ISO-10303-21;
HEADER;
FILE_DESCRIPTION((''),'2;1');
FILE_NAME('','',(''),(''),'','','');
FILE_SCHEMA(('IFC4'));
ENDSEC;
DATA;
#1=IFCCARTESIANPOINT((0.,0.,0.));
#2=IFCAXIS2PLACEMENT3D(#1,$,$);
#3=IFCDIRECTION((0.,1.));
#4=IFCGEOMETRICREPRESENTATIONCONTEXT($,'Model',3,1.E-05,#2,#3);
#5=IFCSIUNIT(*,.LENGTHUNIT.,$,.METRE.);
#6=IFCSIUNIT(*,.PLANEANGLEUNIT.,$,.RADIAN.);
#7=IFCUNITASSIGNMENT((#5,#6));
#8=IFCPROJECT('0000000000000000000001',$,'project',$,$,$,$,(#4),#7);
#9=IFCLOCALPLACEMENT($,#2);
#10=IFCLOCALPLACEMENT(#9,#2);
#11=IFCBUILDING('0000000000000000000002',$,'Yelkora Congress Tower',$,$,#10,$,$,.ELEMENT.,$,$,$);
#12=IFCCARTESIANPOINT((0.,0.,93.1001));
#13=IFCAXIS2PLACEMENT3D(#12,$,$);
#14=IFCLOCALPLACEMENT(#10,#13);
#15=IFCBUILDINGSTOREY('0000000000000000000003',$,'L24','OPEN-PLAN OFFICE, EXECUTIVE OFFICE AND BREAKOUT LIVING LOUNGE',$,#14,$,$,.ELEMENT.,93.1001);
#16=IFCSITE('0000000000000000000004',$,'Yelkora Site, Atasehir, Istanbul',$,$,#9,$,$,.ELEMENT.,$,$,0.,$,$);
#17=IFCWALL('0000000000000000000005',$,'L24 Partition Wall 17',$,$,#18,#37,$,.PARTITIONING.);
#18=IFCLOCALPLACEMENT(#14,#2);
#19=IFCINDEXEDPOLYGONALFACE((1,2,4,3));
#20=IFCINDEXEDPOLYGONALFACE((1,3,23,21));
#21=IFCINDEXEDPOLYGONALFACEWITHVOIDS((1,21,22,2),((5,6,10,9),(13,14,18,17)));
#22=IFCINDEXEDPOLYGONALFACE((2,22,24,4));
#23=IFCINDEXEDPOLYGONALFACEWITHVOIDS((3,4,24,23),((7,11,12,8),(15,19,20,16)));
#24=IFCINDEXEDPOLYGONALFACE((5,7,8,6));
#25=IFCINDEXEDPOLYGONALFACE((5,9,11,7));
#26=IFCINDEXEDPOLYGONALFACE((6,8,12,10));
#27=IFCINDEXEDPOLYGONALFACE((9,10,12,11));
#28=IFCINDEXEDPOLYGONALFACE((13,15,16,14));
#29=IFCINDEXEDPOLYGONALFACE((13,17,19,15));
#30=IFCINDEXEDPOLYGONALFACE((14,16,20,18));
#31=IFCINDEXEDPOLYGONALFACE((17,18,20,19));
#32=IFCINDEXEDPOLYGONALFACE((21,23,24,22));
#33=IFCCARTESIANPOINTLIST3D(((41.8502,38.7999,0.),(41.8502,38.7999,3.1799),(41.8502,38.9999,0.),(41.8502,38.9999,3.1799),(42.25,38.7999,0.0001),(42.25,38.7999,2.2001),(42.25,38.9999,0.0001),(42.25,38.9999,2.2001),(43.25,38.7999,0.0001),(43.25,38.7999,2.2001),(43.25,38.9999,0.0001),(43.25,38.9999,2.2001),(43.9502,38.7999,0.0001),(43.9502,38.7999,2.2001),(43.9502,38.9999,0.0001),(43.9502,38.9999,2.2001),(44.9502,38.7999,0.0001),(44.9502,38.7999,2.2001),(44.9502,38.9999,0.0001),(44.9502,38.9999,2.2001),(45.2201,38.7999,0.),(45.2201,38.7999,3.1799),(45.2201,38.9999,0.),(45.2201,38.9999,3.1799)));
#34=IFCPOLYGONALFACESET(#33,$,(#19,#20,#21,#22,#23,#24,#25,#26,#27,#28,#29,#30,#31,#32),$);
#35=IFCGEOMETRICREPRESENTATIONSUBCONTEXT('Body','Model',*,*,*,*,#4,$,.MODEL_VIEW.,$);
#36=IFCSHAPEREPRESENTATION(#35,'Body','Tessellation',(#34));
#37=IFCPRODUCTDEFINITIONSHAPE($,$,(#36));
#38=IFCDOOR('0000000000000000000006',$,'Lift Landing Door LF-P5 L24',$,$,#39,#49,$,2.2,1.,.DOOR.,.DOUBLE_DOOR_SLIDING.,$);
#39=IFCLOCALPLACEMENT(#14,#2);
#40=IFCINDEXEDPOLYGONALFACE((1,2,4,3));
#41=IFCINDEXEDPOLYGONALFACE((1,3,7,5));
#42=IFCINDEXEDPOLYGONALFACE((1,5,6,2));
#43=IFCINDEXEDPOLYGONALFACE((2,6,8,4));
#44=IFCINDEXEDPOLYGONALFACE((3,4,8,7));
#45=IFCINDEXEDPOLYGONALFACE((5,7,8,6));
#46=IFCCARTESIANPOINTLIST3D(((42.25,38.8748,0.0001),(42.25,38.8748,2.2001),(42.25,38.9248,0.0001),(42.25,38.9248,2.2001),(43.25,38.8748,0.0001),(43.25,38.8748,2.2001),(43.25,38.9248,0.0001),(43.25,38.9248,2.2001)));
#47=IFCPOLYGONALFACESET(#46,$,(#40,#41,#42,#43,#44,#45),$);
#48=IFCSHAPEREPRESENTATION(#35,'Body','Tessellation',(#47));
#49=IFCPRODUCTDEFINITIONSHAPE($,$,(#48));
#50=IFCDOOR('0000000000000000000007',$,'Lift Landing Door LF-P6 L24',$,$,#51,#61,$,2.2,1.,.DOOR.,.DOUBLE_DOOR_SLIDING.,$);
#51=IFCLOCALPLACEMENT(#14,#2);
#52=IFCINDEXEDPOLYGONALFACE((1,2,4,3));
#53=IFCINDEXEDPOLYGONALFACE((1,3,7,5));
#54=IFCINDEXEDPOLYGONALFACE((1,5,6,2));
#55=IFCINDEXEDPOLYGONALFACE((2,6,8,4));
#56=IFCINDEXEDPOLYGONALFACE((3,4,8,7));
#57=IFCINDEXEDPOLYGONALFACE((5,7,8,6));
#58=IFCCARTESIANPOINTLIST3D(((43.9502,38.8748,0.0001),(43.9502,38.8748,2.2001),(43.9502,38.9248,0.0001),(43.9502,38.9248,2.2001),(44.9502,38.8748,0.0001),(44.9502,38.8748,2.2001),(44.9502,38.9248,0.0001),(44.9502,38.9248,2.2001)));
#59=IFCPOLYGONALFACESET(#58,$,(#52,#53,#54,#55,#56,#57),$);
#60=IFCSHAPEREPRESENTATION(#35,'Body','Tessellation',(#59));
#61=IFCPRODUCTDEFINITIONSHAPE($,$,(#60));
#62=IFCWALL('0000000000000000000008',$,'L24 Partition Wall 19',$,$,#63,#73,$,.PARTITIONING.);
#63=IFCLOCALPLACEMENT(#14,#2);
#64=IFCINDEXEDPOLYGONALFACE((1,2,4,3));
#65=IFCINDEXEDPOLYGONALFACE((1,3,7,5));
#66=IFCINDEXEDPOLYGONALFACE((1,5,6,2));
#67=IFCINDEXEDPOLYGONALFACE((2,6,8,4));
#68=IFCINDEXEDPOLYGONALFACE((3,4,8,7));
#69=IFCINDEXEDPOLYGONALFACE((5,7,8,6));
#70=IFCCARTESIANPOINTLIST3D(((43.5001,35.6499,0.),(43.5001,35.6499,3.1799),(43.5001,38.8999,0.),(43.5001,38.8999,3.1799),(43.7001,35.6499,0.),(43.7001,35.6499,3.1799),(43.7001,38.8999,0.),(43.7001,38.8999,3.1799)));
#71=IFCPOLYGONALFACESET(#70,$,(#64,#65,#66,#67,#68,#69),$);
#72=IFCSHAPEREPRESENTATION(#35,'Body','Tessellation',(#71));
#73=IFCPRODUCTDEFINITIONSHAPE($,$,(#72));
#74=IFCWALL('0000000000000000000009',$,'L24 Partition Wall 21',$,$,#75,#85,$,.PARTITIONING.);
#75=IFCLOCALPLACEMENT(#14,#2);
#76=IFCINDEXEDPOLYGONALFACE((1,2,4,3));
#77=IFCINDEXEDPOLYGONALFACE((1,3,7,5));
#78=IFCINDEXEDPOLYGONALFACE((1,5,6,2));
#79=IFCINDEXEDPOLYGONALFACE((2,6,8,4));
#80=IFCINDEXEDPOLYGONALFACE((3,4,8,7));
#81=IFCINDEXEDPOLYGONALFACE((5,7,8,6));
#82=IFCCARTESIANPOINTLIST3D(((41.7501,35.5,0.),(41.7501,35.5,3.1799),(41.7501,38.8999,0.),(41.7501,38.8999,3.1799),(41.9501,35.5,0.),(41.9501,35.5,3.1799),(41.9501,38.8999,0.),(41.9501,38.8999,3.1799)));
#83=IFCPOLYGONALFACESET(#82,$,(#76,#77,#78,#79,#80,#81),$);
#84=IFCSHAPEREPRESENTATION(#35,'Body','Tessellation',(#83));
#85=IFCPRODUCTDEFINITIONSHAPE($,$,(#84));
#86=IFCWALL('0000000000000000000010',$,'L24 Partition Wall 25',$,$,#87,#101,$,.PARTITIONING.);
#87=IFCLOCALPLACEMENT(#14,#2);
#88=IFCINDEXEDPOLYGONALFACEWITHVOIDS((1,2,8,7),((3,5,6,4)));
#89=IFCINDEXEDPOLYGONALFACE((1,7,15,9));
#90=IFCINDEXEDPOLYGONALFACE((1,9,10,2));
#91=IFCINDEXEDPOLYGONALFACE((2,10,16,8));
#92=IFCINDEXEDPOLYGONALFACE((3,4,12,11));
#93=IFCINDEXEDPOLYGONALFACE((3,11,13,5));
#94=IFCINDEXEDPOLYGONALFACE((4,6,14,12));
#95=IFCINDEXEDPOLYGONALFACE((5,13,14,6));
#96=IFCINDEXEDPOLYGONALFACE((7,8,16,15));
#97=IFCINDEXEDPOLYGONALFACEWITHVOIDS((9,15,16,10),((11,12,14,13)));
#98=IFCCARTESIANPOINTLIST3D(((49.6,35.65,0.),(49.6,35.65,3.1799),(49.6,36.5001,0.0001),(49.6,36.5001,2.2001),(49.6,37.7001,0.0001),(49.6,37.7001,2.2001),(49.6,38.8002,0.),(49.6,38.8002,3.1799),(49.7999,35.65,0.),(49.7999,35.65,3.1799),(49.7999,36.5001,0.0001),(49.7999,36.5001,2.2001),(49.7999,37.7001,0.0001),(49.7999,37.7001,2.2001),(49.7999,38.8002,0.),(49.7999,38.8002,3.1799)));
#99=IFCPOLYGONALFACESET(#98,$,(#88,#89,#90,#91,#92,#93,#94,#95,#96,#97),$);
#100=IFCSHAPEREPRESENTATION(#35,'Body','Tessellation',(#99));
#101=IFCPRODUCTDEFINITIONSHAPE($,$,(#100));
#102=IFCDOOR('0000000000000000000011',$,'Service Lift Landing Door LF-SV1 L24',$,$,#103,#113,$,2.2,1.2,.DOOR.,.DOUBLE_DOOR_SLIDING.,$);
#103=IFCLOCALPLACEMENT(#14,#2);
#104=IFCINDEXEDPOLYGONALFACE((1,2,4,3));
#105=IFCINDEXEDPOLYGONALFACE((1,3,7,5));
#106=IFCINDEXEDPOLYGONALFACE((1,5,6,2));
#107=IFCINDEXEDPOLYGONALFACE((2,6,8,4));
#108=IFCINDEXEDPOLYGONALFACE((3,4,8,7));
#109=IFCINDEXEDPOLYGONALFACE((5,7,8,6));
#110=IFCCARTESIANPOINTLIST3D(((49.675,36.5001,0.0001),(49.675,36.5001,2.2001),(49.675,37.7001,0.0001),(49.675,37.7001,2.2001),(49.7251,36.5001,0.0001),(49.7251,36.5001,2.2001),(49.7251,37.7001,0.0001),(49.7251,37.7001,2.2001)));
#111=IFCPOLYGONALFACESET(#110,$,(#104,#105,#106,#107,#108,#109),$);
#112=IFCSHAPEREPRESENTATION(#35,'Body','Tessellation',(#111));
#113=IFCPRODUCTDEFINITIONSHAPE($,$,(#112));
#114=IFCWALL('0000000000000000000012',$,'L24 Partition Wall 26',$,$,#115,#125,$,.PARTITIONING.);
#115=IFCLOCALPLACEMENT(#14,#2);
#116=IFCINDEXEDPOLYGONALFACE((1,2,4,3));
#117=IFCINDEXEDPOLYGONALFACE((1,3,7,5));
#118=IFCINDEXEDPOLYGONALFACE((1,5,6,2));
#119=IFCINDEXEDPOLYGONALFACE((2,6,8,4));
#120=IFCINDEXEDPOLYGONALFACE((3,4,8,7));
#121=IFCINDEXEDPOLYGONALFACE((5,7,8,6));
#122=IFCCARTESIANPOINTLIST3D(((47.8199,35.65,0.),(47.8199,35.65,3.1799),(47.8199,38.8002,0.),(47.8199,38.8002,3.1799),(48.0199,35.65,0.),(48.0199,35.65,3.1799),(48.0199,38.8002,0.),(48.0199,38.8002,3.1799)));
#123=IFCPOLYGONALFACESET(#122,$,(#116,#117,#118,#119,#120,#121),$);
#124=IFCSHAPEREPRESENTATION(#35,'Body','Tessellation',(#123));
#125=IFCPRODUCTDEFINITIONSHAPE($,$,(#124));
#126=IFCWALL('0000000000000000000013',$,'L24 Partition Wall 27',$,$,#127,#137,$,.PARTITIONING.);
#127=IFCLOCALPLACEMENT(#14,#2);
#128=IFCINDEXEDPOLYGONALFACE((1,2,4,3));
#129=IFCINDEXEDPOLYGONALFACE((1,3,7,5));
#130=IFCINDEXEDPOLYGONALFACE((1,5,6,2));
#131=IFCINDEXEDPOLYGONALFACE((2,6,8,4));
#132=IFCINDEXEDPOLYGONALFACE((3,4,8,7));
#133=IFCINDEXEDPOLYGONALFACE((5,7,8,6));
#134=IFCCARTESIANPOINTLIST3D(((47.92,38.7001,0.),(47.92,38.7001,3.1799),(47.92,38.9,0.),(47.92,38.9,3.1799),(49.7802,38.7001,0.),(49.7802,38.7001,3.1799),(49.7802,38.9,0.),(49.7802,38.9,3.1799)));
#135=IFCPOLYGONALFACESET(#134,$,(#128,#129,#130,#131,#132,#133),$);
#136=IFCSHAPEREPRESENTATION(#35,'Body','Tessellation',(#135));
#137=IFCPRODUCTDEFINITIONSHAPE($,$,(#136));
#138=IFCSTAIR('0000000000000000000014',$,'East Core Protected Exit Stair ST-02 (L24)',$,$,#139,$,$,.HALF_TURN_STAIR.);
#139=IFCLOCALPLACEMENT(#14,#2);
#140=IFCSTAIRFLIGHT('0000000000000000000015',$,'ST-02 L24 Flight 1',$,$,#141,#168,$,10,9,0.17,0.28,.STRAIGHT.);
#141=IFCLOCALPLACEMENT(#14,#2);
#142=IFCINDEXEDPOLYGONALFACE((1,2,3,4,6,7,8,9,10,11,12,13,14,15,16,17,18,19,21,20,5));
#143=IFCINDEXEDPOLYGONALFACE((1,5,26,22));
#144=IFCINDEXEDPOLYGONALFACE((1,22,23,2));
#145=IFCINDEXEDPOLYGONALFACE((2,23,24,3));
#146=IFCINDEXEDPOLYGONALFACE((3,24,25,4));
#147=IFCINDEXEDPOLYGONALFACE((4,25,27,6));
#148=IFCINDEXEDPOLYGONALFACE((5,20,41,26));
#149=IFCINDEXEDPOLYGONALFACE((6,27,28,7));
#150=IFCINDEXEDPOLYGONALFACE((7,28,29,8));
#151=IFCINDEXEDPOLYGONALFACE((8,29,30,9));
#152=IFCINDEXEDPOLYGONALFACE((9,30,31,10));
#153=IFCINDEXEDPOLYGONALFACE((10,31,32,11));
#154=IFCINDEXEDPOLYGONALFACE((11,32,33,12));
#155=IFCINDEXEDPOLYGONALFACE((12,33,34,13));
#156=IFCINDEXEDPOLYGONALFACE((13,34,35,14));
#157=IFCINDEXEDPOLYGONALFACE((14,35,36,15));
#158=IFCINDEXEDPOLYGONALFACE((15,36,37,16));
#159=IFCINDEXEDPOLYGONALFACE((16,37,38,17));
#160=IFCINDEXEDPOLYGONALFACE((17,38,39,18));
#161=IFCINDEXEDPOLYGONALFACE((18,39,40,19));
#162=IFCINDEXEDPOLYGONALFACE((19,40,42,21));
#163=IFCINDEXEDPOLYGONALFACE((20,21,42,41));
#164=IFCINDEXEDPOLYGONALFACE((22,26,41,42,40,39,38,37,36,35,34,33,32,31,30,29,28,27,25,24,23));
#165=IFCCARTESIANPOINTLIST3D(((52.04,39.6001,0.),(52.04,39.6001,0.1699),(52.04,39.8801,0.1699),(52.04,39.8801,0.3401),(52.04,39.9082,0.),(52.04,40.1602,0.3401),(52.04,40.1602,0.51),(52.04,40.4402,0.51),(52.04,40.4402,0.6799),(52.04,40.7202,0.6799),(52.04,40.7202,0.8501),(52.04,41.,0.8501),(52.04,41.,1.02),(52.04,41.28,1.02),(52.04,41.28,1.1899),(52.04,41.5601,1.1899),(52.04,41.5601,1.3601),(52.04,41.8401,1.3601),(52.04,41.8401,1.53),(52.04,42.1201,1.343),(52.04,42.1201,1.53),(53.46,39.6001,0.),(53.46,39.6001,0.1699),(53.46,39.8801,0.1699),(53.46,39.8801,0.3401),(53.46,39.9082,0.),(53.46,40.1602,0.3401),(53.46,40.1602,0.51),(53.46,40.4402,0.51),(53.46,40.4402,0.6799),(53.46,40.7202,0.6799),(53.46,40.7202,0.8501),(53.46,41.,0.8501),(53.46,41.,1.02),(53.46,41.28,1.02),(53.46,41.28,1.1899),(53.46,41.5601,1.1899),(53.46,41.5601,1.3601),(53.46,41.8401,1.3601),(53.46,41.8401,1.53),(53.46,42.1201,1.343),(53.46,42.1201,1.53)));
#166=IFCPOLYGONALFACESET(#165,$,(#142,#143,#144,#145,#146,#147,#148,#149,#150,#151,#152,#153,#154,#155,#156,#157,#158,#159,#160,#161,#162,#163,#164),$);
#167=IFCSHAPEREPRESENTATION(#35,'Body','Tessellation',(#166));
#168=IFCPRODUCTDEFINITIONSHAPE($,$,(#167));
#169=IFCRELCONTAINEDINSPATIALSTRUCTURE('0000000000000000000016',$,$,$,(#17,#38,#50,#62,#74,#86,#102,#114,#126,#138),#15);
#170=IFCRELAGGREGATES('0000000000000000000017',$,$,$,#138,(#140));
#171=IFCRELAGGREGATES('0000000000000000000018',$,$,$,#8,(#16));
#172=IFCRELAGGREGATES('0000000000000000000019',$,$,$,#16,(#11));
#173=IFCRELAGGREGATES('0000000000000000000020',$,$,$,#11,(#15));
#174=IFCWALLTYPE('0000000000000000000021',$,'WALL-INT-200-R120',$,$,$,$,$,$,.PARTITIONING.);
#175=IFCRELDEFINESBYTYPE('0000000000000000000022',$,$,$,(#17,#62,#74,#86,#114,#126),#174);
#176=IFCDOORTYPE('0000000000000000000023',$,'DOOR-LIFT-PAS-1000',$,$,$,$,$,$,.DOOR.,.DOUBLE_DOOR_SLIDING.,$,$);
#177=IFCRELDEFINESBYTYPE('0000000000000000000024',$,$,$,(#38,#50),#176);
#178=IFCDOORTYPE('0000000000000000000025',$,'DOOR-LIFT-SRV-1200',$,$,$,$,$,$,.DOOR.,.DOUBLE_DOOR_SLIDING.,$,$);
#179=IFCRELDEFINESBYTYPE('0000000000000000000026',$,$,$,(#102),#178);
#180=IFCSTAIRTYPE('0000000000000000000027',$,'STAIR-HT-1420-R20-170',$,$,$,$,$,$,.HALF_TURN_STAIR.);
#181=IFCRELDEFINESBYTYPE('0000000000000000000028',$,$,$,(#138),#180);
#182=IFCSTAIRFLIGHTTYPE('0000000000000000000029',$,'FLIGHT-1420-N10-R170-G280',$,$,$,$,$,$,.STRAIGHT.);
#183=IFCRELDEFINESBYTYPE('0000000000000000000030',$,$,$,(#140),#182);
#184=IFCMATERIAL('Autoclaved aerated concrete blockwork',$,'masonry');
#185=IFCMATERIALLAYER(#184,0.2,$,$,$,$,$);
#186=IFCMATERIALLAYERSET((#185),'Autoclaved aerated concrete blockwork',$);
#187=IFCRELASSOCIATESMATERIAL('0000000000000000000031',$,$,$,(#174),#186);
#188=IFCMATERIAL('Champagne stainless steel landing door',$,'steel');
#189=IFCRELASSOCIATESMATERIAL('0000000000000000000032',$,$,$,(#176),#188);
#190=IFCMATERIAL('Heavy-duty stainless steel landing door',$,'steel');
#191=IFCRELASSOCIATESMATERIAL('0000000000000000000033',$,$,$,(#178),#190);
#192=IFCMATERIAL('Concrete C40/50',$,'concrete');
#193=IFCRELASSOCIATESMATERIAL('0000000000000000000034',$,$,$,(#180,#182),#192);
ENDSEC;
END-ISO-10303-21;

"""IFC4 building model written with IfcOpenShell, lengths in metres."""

from ifc_helpers import new_model, si_unit, direction, frame, frame_2d, origin, place, context, subcontext, project, spatial, polyline, rectangle, outline, extrude, material, layer, layer_set, type_object, element, fill, aggregate, save


model = new_model("IFC4")

# Units and contexts
model_context = context("Model", 3, precision=1e-05, world=origin(), true_north=direction((0.0, 1.0)))
body_context = subcontext(model_context, "Body", "Model", "MODEL_VIEW")
ifc_project = project(units=[si_unit("LENGTHUNIT", "METRE"), si_unit("PLANEANGLEUNIT", "RADIAN")], contexts=[model_context])

# Site, building, storey
site_placement = place(None, origin())
site = spatial("IfcSite", under=ifc_project, at=site_placement, Name="Yelkora Site, Atasehir, Istanbul", CompositionType="ELEMENT", RefElevation=0.0)
building_placement = place(site_placement, origin())
building = spatial("IfcBuilding", under=site, at=building_placement, Name="Yelkora Congress Tower", CompositionType="ELEMENT")
storey_placement = place(building_placement, frame((0.0, 0.0, 93.1001)))
storey = spatial("IfcBuildingStorey", under=building, at=storey_placement, Name="L24", Description="OPEN-PLAN OFFICE, EXECUTIVE OFFICE AND BREAKOUT LIVING LOUNGE", CompositionType="ELEMENT", Elevation=93.1001)

# Wall, openings, doors
ifc_material_1 = material(Name="Autoclaved aerated concrete blockwork", Category="masonry")
ifc_layer_1 = layer(ifc_material_1, 0.2)
ifc_layer_set_1 = layer_set([ifc_layer_1], Name="Autoclaved aerated concrete blockwork")
wall_type_1 = type_object("IfcWallType", Name="WALL-INT-200-R120", PredefinedType="PARTITIONING", material=ifc_layer_set_1)
wall_1_placement = place(storey_placement, frame((41.8501, 38.8999, 0.0), z_axis=(0.0, 0.0, 1.0), x_axis=(1.0, 0.0, 0.0)))
wall_1 = element("IfcWall", 1, at=wall_1_placement, inside=storey, type_object=wall_type_1, Name="L24 Partition Wall 17", PredefinedType="PARTITIONING", context=body_context, shape_type="SweptSolid", body=[
    extrude(rectangle(XDim=3.3699, YDim=0.2, at=frame_2d((1.6851, 0.0))), origin(), (0.0, 0.0, 1.0), 3.1799),
])
opening_1_placement = place(wall_1_placement, frame((0.3999, 0.0, 0.0)))
opening_1 = element("IfcOpeningElement", 2, at=opening_1_placement, cuts=wall_1, PredefinedType="OPENING", context=body_context, shape_type="SweptSolid", body=[
    extrude(rectangle(XDim=1.0, YDim=2.2, at=frame_2d((0.5, 1.1001))), frame((0.0, 0.1099, 0.0), z_axis=(0.0, -1.0, 0.0), x_axis=(1.0, 0.0, 0.0)), (0.0, 0.0, 1.0), 0.22),
])
opening_2_placement = place(wall_1_placement, frame((2.1001, 0.0, 0.0)))
opening_2 = element("IfcOpeningElement", 3, at=opening_2_placement, cuts=wall_1, PredefinedType="OPENING", context=body_context, shape_type="SweptSolid", body=[
    extrude(rectangle(XDim=1.0, YDim=2.2, at=frame_2d((0.5, 1.1001))), frame((0.0, 0.1099, 0.0), z_axis=(0.0, -1.0, 0.0), x_axis=(1.0, 0.0, 0.0)), (0.0, 0.0, 1.0), 0.22),
])
ifc_material_2 = material(Name="Champagne stainless steel landing door", Category="steel")
door_type_1 = type_object("IfcDoorType", Name="DOOR-LIFT-PAS-1000", OperationType="DOUBLE_DOOR_SLIDING", PredefinedType="DOOR", material=ifc_material_2)
door_1_placement = place(opening_1_placement, origin())
door_1 = element("IfcDoor", 4, at=door_1_placement, inside=storey, type_object=door_type_1, Name="Lift Landing Door LF-P5 L24", OperationType="DOUBLE_DOOR_SLIDING", OverallHeight=2.2, OverallWidth=1.0, PredefinedType="DOOR", context=body_context, shape_type="SweptSolid", body=[
    extrude(rectangle(XDim=1.0, YDim=2.2, at=frame_2d((0.5, 1.1001))), frame((0.0, 0.0249, 0.0), z_axis=(0.0, -1.0, 0.0), x_axis=(1.0, 0.0, 0.0)), (0.0, 0.0, 1.0), 0.05),
])
fill(opening_1, door_1)
door_2_placement = place(opening_2_placement, origin())
door_2 = element("IfcDoor", 5, at=door_2_placement, inside=storey, type_object=door_type_1, Name="Lift Landing Door LF-P6 L24", OperationType="DOUBLE_DOOR_SLIDING", OverallHeight=2.2, OverallWidth=1.0, PredefinedType="DOOR", context=body_context, shape_type="SweptSolid", body=[
    extrude(rectangle(XDim=1.0, YDim=2.2, at=frame_2d((0.5, 1.1001))), frame((0.0, 0.0249, 0.0), z_axis=(0.0, -1.0, 0.0), x_axis=(1.0, 0.0, 0.0)), (0.0, 0.0, 1.0), 0.05),
])
fill(opening_2, door_2)

# Walls
wall_2_placement = place(storey_placement, frame((43.6001, 35.6499, 0.0), z_axis=(0.0, 0.0, 1.0), x_axis=(0.0, 1.0, 0.0)))
element("IfcWall", 6, at=wall_2_placement, inside=storey, type_object=wall_type_1, Name="L24 Partition Wall 19", PredefinedType="PARTITIONING", context=body_context, shape_type="SweptSolid", body=[
    extrude(rectangle(XDim=3.25, YDim=0.2, at=frame_2d((1.625, 0.0))), origin(), (0.0, 0.0, 1.0), 3.1799),
])
wall_3_placement = place(storey_placement, frame((41.8501, 35.5, 0.0), z_axis=(0.0, 0.0, 1.0), x_axis=(0.0, 1.0, 0.0)))
element("IfcWall", 7, at=wall_3_placement, inside=storey, type_object=wall_type_1, Name="L24 Partition Wall 21", PredefinedType="PARTITIONING", context=body_context, shape_type="SweptSolid", body=[
    extrude(rectangle(XDim=3.3999, YDim=0.2, at=frame_2d((1.7, 0.0))), origin(), (0.0, 0.0, 1.0), 3.1799),
])

# Wall, opening, door
wall_4_placement = place(storey_placement, frame((49.7, 35.6499, 0.0), z_axis=(0.0, 0.0, 1.0), x_axis=(0.0, 1.0, 0.0)))
wall_4 = element("IfcWall", 8, at=wall_4_placement, inside=storey, type_object=wall_type_1, Name="L24 Partition Wall 25", PredefinedType="PARTITIONING", context=body_context, shape_type="SweptSolid", body=[
    extrude(rectangle(XDim=3.1501, YDim=0.2, at=frame_2d((1.5752, 0.0))), origin(), (0.0, 0.0, 1.0), 3.1799),
])
opening_3_placement = place(wall_4_placement, frame((0.8501, 0.0, 0.0)))
opening_3 = element("IfcOpeningElement", 9, at=opening_3_placement, cuts=wall_4, PredefinedType="OPENING", context=body_context, shape_type="SweptSolid", body=[
    extrude(rectangle(XDim=1.2, YDim=2.2, at=frame_2d((0.6001, 1.1001))), frame((0.0, 0.1099, 0.0), z_axis=(0.0, -1.0, 0.0), x_axis=(1.0, 0.0, 0.0)), (0.0, 0.0, 1.0), 0.22),
])
ifc_material_3 = material(Name="Heavy-duty stainless steel landing door", Category="steel")
door_type_2 = type_object("IfcDoorType", Name="DOOR-LIFT-SRV-1200", OperationType="DOUBLE_DOOR_SLIDING", PredefinedType="DOOR", material=ifc_material_3)
door_3_placement = place(opening_3_placement, origin())
door_3 = element("IfcDoor", 10, at=door_3_placement, inside=storey, type_object=door_type_2, Name="Service Lift Landing Door LF-SV1 L24", OperationType="DOUBLE_DOOR_SLIDING", OverallHeight=2.2, OverallWidth=1.2, PredefinedType="DOOR", context=body_context, shape_type="SweptSolid", body=[
    extrude(rectangle(XDim=1.2, YDim=2.2, at=frame_2d((0.6001, 1.1001))), frame((0.0, 0.0249, 0.0), z_axis=(0.0, -1.0, 0.0), x_axis=(1.0, 0.0, 0.0)), (0.0, 0.0, 1.0), 0.05),
])
fill(opening_3, door_3)

# Walls
wall_5_placement = place(storey_placement, frame((47.9199, 35.6499, 0.0), z_axis=(0.0, 0.0, 1.0), x_axis=(0.0, 1.0, 0.0)))
element("IfcWall", 11, at=wall_5_placement, inside=storey, type_object=wall_type_1, Name="L24 Partition Wall 26", PredefinedType="PARTITIONING", context=body_context, shape_type="SweptSolid", body=[
    extrude(rectangle(XDim=3.1501, YDim=0.2, at=frame_2d((1.5752, 0.0))), origin(), (0.0, 0.0, 1.0), 3.1799),
])
wall_6_placement = place(storey_placement, frame((47.9199, 38.8, 0.0), z_axis=(0.0, 0.0, 1.0), x_axis=(1.0, 0.0, 0.0)))
element("IfcWall", 12, at=wall_6_placement, inside=storey, type_object=wall_type_1, Name="L24 Partition Wall 27", PredefinedType="PARTITIONING", context=body_context, shape_type="SweptSolid", body=[
    extrude(rectangle(XDim=1.8601, YDim=0.2, at=frame_2d((0.9302, 0.0))), origin(), (0.0, 0.0, 1.0), 3.1799),
])

# Stair, stair flight
ifc_material_4 = material(Name="Concrete C40/50", Category="concrete")
stair_type = type_object("IfcStairType", Name="STAIR-HT-1420-R20-170", PredefinedType="HALF_TURN_STAIR", material=ifc_material_4)
stair_placement = place(storey_placement, origin())
stair = element("IfcStair", 13, at=stair_placement, inside=storey, type_object=stair_type, Name="East Core Protected Exit Stair ST-02 (L24)", PredefinedType="HALF_TURN_STAIR")
stair_flight_type = type_object("IfcStairFlightType", Name="FLIGHT-1420-N10-R170-G280", PredefinedType="STRAIGHT", material=ifc_material_4)
stair_flight_placement = place(storey_placement, frame((52.75, 39.6001, 0.0), z_axis=(0.0, 0.0, 1.0), x_axis=(0.0, 1.0, 0.0)))
stair_flight = element("IfcStairFlight", 14, at=stair_flight_placement, type_object=stair_flight_type, Name="ST-02 L24 Flight 1", NumberOfRisers=10, NumberOfTreads=9, PredefinedType="STRAIGHT", RiserHeight=0.17, TreadLength=0.28, context=body_context, shape_type="SweptSolid", body=[
    extrude(outline(polyline([(0.0, 0.0), (0.0, 0.1699), (0.28, 0.1699), (0.28, 0.3401), (0.5601, 0.3401), (0.5601, 0.51), (0.8401, 0.51), (0.8401, 0.6799), (1.1201, 0.6799), (1.1201, 0.8501), (1.3999, 0.8501), (1.3999, 1.02), (1.6799, 1.02), (1.6799, 1.1899), (1.96, 1.1899), (1.96, 1.3601), (2.24, 1.3601), (2.24, 1.53), (2.52, 1.53), (2.52, 1.7), (2.52, 1.343), (0.3081, 0.0), (0.0, 0.0)])), frame((0.0, 0.71, 0.0), z_axis=(0.0, -1.0, 0.0), x_axis=(1.0, 0.0, 0.0)), (0.0, 0.0, 1.0), 1.4199),
])
aggregate(stair, [stair_flight])

save(model, "model.ifc")
